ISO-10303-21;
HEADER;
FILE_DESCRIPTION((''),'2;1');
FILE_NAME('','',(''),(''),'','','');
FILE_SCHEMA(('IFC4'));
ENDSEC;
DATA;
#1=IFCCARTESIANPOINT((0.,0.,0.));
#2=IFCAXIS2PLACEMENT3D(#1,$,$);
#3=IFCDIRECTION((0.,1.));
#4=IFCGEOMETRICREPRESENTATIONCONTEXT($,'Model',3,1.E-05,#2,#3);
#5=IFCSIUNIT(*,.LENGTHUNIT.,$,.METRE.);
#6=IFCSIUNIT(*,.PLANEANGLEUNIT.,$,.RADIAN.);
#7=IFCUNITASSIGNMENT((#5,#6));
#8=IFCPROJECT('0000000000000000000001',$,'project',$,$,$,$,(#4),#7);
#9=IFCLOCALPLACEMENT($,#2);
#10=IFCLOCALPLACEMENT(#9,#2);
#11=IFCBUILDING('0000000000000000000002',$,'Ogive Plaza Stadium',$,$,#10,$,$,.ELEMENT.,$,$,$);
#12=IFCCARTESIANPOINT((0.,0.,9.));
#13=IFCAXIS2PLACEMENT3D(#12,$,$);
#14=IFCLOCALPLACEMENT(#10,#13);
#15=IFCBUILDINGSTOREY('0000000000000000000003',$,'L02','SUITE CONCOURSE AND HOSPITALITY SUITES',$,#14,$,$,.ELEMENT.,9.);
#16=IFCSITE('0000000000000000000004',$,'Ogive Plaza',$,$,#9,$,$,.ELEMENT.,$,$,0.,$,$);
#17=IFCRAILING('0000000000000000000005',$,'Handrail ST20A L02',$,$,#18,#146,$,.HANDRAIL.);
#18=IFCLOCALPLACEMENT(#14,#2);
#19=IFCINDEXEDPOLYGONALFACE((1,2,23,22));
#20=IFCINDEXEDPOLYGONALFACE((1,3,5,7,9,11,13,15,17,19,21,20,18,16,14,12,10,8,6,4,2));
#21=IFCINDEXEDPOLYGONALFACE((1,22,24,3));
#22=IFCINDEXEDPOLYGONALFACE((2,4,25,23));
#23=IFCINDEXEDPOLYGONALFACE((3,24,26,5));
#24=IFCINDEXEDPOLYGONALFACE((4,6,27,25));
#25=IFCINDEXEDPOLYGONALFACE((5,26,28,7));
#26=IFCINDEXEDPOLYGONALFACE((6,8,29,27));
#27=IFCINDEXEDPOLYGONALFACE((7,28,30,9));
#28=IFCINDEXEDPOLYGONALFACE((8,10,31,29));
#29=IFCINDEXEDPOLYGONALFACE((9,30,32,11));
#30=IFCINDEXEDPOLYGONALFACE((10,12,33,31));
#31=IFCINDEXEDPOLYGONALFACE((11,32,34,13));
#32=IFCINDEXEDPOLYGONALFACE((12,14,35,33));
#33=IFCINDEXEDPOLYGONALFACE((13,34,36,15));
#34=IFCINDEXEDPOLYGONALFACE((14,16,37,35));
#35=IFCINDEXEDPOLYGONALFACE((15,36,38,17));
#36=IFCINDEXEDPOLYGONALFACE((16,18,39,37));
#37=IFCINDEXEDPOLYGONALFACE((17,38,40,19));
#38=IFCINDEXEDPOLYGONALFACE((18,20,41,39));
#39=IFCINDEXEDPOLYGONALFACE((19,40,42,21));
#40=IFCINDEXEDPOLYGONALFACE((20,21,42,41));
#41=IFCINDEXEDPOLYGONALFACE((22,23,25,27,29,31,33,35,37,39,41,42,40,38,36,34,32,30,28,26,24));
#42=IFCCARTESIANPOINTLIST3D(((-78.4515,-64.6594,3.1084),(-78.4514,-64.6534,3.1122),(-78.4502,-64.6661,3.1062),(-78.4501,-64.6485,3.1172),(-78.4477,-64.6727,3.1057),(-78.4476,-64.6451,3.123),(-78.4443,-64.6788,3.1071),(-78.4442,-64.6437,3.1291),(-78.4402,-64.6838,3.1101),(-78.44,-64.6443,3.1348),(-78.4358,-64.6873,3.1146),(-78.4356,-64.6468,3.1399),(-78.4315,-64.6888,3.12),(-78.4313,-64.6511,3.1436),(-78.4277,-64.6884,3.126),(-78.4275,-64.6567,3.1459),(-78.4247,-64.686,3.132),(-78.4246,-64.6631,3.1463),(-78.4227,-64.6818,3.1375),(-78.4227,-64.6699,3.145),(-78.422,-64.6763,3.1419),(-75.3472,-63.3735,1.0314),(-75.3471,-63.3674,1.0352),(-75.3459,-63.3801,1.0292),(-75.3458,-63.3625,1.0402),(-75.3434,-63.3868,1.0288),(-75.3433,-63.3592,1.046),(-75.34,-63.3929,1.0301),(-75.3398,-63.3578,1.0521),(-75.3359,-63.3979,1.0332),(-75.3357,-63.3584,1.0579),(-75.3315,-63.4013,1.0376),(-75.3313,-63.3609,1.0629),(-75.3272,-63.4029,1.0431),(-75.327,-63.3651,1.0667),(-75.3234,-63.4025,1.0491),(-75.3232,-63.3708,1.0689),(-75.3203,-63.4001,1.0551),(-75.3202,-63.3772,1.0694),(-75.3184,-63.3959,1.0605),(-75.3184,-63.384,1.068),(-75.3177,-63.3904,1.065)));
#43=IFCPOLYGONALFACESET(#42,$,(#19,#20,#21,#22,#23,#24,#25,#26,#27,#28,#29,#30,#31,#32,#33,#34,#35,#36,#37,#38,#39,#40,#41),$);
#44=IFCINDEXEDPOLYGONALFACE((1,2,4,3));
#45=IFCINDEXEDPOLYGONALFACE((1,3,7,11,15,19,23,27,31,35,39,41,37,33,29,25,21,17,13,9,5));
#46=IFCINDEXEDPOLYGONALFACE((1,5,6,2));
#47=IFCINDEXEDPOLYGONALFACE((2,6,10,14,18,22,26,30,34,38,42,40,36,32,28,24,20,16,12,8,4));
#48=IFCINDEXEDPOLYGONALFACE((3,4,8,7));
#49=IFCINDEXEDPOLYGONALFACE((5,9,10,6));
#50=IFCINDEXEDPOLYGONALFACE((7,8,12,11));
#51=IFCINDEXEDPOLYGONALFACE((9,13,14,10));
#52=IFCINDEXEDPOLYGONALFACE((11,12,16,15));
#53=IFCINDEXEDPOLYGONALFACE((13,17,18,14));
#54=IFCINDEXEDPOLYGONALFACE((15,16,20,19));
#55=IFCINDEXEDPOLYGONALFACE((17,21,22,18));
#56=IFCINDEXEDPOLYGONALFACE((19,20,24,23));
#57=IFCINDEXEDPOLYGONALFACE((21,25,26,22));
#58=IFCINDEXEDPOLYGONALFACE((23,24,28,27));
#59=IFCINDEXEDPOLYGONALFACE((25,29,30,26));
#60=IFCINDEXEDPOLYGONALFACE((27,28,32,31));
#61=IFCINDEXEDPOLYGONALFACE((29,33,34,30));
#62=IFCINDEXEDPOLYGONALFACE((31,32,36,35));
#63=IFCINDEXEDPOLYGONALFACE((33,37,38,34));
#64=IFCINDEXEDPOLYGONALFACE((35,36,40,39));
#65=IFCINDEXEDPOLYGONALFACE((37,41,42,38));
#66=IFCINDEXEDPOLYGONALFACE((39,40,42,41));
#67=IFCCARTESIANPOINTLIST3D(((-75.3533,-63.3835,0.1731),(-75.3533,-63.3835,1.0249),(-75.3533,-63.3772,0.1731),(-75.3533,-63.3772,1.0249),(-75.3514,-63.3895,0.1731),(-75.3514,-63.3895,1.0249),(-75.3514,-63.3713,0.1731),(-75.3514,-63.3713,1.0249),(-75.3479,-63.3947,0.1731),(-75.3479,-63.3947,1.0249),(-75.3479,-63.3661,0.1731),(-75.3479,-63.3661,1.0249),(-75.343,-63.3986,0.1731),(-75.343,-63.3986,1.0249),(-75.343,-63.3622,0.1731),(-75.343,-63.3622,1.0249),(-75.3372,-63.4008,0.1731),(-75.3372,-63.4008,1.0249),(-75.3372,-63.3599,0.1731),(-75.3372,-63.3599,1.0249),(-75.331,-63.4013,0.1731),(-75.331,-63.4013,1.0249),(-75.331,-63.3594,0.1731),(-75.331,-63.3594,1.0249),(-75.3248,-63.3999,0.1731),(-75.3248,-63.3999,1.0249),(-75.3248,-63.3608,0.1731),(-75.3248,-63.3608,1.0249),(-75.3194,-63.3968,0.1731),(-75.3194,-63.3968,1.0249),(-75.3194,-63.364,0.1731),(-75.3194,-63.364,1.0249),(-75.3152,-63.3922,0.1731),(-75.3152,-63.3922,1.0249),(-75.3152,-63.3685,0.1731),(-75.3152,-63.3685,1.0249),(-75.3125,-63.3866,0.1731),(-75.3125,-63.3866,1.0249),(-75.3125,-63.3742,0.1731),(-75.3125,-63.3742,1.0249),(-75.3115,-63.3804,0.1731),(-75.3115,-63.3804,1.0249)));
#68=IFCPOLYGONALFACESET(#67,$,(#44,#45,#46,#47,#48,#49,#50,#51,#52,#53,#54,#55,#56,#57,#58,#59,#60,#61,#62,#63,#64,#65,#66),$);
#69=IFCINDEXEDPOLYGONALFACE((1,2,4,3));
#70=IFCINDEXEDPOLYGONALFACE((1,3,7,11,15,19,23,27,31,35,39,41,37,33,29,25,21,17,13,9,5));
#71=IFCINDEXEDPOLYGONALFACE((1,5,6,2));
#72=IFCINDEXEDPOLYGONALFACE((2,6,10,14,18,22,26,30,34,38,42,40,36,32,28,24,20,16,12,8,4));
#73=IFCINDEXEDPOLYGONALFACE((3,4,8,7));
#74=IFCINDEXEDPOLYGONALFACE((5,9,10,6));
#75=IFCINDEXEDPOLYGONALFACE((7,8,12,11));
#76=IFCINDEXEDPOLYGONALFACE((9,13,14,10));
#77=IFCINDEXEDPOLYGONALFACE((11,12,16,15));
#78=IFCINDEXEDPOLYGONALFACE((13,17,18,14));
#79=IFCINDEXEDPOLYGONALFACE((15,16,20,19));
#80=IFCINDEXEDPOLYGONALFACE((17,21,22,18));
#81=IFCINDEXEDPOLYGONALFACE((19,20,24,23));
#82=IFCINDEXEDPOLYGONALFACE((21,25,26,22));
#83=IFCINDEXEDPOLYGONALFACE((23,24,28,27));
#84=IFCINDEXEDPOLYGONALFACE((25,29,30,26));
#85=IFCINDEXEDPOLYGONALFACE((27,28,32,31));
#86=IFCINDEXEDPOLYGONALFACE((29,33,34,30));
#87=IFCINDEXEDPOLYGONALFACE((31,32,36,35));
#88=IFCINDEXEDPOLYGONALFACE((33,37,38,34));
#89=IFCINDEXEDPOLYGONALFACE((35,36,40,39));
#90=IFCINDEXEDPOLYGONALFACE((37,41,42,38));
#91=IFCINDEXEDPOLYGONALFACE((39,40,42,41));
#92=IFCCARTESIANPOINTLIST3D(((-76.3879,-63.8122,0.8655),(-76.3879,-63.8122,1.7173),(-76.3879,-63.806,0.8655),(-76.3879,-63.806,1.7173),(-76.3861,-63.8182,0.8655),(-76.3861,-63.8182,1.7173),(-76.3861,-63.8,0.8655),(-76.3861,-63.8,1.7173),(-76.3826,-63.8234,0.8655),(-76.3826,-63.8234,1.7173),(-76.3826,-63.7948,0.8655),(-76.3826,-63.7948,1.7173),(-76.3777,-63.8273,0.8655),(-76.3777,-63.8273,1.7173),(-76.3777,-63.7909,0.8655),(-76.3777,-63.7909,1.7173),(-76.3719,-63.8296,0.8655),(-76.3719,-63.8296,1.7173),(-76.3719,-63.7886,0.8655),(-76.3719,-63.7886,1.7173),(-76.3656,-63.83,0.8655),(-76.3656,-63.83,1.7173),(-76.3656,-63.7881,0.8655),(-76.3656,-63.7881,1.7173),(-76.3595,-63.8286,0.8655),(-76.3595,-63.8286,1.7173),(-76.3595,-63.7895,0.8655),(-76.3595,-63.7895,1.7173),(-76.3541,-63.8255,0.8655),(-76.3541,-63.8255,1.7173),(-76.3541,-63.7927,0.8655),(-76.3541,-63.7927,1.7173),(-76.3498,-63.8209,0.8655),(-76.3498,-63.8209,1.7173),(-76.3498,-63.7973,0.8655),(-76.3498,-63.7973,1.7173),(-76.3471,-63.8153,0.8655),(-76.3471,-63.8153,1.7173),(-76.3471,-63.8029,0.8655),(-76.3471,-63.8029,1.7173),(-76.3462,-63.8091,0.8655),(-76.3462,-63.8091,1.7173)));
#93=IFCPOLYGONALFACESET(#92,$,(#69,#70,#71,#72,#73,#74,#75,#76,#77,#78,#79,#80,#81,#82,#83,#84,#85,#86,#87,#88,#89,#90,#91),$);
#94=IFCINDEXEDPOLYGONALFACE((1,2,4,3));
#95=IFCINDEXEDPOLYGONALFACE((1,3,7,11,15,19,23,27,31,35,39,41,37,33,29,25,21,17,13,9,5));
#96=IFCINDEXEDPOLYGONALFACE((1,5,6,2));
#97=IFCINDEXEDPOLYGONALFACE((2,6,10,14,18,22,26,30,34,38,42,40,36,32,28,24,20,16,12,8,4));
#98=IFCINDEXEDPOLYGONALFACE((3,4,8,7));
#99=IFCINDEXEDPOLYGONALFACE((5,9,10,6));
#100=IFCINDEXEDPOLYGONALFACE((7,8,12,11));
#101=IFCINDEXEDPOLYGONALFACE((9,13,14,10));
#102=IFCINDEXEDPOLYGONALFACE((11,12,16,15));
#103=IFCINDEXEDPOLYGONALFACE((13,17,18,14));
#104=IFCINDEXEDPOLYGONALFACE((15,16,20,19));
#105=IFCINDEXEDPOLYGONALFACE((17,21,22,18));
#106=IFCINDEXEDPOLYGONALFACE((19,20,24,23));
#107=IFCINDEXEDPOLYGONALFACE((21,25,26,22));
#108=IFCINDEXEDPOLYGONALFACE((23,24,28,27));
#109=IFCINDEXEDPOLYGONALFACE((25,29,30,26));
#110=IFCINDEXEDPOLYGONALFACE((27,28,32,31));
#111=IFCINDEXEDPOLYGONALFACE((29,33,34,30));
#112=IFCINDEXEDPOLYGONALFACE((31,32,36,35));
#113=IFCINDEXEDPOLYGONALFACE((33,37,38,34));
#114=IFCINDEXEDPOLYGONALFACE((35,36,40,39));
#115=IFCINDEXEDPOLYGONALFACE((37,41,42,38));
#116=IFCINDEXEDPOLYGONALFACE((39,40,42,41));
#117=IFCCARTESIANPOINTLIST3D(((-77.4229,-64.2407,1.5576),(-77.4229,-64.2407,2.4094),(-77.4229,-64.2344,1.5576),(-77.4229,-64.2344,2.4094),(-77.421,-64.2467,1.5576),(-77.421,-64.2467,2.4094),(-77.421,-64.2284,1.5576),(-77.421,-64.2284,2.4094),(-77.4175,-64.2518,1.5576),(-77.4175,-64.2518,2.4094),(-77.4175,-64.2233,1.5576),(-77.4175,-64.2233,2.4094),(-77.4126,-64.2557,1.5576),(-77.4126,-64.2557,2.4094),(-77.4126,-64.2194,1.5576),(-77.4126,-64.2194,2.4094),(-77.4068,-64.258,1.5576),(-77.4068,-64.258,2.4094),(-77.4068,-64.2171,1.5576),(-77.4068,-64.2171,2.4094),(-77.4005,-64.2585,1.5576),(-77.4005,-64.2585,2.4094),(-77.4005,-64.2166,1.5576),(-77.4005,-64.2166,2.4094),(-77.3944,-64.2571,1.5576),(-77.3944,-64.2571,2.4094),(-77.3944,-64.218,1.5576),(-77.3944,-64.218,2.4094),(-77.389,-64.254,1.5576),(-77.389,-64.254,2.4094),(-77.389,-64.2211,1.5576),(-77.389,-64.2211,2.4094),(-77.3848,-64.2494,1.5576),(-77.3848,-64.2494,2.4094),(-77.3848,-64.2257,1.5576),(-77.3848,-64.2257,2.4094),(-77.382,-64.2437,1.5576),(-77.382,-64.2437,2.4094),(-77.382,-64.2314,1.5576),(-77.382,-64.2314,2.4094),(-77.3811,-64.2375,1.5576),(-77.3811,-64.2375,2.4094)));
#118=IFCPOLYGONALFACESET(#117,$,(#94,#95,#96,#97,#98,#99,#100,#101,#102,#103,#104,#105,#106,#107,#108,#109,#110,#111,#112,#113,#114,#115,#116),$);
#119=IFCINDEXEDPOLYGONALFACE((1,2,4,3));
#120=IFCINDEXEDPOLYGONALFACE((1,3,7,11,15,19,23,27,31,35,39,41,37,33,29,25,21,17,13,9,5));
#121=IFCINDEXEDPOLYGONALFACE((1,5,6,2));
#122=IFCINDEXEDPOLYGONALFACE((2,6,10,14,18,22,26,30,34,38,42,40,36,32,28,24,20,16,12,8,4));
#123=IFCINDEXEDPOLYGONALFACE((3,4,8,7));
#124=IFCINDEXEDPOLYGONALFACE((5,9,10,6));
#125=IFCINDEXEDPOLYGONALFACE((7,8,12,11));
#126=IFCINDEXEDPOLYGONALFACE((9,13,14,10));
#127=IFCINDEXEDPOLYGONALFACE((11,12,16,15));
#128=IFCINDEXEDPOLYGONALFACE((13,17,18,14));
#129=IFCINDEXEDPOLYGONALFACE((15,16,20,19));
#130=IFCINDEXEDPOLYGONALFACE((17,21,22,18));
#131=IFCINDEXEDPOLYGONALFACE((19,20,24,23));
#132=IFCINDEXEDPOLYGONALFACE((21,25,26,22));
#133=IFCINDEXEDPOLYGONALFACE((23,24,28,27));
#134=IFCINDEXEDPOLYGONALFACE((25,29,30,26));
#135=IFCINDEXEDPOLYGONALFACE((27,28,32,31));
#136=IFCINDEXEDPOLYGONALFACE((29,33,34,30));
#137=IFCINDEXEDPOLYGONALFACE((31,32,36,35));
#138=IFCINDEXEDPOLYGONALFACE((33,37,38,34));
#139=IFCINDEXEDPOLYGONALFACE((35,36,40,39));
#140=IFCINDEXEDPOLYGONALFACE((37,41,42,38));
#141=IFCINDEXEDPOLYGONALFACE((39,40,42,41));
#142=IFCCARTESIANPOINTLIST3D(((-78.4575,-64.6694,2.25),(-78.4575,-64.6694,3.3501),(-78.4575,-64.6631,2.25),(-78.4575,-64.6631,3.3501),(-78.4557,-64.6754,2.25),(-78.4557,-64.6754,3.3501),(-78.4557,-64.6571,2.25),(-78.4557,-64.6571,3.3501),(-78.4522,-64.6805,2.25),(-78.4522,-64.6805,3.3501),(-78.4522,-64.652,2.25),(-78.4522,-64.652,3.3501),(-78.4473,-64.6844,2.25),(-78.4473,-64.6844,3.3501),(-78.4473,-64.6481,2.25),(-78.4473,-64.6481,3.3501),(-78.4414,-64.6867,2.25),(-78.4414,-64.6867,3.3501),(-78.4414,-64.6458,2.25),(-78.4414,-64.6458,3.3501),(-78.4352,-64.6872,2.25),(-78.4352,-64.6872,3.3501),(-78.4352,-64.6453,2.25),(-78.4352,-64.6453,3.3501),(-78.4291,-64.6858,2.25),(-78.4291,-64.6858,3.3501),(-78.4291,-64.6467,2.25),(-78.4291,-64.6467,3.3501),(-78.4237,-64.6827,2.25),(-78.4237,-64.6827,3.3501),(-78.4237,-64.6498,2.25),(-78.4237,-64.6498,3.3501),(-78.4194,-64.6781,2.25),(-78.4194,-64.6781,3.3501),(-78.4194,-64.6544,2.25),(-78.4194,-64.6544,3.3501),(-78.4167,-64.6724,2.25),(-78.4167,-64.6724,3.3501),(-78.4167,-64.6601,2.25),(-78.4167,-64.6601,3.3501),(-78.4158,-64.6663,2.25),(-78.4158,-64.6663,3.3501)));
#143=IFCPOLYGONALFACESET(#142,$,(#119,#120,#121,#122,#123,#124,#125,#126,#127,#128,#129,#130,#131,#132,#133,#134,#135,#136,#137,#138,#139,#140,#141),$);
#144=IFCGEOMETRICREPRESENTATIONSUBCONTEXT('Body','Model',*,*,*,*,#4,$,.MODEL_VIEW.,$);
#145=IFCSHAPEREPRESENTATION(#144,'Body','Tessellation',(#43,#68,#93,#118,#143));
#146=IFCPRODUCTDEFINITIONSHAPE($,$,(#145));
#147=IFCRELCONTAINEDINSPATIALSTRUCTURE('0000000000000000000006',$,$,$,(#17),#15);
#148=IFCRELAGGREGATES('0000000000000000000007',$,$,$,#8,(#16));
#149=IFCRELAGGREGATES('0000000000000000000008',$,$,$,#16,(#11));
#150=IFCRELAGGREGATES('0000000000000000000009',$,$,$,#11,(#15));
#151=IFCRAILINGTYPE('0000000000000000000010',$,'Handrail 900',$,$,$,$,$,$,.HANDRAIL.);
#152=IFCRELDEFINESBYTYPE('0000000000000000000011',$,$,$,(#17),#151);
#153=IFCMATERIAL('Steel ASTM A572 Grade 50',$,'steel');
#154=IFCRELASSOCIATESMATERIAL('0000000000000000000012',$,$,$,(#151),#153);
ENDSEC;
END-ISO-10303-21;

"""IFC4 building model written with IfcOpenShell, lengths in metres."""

from ifc_helpers import new_model, si_unit, direction, frame, origin, origin_2d, place, context, subcontext, project, spatial, circle, extrude, material, type_object, element, save


model = new_model("IFC4")

# Units and contexts
model_context = context("Model", 3, precision=1e-05, world=origin(), true_north=direction((0.0, 1.0)))
body_context = subcontext(model_context, "Body", "Model", "MODEL_VIEW")
ifc_project = project(units=[si_unit("LENGTHUNIT", "METRE"), si_unit("PLANEANGLEUNIT", "RADIAN")], contexts=[model_context])

# Site, building, storey
site_placement = place(None, origin())
site = spatial("IfcSite", under=ifc_project, at=site_placement, Name="Ogive Plaza", CompositionType="ELEMENT", RefElevation=0.0)
building_placement = place(site_placement, origin())
building = spatial("IfcBuilding", under=site, at=building_placement, Name="Ogive Plaza Stadium", CompositionType="ELEMENT")
storey_placement = place(building_placement, frame((0.0, 0.0, 9.0)))
storey = spatial("IfcBuildingStorey", under=building, at=storey_placement, Name="L02", Description="SUITE CONCOURSE AND HOSPITALITY SUITES", CompositionType="ELEMENT", Elevation=9.0)

# Railing
ifc_material_1 = material(Name="Steel ASTM A572 Grade 50", Category="steel")
railing_type_1 = type_object("IfcRailingType", Name="Handrail 900", PredefinedType="HANDRAIL", material=ifc_material_1)
for number, where, name in (
    (1, (-75.3325, -63.3804, 0.1731), "Handrail ST20A L02"),
):
    element("IfcRailing", number, at=place(storey_placement, frame(where)), inside=storey, type_object=railing_type_1, Name=name, PredefinedType="HANDRAIL", context=body_context, shape_type="SweptSolid", body=[
        extrude(circle(Radius=0.0239, at=origin_2d()), frame((0.0, 0.0, 0.876), z_axis=(-0.785863, -0.325532, 0.525783), x_axis=(0.3827, -0.923872, 0.0)), (0.0, 0.0, 1.0), 3.9502),
        extrude(circle(Radius=0.021, at=origin_2d()), origin(), (0.0, 0.0, 1.0), 0.8518),
        extrude(circle(Radius=0.021, at=origin_2d()), frame((-1.0347, -0.4287, 0.6924)), (0.0, 0.0, 1.0), 0.8518),
        extrude(circle(Radius=0.021, at=origin_2d()), frame((-2.0696, -0.8572, 1.3845)), (0.0, 0.0, 1.0), 0.8518),
        extrude(circle(Radius=0.021, at=origin_2d()), frame((-3.1042, -1.2859, 2.0769)), (0.0, 0.0, 1.0), 1.1001),
    ])

save(model, "model.ifc")
